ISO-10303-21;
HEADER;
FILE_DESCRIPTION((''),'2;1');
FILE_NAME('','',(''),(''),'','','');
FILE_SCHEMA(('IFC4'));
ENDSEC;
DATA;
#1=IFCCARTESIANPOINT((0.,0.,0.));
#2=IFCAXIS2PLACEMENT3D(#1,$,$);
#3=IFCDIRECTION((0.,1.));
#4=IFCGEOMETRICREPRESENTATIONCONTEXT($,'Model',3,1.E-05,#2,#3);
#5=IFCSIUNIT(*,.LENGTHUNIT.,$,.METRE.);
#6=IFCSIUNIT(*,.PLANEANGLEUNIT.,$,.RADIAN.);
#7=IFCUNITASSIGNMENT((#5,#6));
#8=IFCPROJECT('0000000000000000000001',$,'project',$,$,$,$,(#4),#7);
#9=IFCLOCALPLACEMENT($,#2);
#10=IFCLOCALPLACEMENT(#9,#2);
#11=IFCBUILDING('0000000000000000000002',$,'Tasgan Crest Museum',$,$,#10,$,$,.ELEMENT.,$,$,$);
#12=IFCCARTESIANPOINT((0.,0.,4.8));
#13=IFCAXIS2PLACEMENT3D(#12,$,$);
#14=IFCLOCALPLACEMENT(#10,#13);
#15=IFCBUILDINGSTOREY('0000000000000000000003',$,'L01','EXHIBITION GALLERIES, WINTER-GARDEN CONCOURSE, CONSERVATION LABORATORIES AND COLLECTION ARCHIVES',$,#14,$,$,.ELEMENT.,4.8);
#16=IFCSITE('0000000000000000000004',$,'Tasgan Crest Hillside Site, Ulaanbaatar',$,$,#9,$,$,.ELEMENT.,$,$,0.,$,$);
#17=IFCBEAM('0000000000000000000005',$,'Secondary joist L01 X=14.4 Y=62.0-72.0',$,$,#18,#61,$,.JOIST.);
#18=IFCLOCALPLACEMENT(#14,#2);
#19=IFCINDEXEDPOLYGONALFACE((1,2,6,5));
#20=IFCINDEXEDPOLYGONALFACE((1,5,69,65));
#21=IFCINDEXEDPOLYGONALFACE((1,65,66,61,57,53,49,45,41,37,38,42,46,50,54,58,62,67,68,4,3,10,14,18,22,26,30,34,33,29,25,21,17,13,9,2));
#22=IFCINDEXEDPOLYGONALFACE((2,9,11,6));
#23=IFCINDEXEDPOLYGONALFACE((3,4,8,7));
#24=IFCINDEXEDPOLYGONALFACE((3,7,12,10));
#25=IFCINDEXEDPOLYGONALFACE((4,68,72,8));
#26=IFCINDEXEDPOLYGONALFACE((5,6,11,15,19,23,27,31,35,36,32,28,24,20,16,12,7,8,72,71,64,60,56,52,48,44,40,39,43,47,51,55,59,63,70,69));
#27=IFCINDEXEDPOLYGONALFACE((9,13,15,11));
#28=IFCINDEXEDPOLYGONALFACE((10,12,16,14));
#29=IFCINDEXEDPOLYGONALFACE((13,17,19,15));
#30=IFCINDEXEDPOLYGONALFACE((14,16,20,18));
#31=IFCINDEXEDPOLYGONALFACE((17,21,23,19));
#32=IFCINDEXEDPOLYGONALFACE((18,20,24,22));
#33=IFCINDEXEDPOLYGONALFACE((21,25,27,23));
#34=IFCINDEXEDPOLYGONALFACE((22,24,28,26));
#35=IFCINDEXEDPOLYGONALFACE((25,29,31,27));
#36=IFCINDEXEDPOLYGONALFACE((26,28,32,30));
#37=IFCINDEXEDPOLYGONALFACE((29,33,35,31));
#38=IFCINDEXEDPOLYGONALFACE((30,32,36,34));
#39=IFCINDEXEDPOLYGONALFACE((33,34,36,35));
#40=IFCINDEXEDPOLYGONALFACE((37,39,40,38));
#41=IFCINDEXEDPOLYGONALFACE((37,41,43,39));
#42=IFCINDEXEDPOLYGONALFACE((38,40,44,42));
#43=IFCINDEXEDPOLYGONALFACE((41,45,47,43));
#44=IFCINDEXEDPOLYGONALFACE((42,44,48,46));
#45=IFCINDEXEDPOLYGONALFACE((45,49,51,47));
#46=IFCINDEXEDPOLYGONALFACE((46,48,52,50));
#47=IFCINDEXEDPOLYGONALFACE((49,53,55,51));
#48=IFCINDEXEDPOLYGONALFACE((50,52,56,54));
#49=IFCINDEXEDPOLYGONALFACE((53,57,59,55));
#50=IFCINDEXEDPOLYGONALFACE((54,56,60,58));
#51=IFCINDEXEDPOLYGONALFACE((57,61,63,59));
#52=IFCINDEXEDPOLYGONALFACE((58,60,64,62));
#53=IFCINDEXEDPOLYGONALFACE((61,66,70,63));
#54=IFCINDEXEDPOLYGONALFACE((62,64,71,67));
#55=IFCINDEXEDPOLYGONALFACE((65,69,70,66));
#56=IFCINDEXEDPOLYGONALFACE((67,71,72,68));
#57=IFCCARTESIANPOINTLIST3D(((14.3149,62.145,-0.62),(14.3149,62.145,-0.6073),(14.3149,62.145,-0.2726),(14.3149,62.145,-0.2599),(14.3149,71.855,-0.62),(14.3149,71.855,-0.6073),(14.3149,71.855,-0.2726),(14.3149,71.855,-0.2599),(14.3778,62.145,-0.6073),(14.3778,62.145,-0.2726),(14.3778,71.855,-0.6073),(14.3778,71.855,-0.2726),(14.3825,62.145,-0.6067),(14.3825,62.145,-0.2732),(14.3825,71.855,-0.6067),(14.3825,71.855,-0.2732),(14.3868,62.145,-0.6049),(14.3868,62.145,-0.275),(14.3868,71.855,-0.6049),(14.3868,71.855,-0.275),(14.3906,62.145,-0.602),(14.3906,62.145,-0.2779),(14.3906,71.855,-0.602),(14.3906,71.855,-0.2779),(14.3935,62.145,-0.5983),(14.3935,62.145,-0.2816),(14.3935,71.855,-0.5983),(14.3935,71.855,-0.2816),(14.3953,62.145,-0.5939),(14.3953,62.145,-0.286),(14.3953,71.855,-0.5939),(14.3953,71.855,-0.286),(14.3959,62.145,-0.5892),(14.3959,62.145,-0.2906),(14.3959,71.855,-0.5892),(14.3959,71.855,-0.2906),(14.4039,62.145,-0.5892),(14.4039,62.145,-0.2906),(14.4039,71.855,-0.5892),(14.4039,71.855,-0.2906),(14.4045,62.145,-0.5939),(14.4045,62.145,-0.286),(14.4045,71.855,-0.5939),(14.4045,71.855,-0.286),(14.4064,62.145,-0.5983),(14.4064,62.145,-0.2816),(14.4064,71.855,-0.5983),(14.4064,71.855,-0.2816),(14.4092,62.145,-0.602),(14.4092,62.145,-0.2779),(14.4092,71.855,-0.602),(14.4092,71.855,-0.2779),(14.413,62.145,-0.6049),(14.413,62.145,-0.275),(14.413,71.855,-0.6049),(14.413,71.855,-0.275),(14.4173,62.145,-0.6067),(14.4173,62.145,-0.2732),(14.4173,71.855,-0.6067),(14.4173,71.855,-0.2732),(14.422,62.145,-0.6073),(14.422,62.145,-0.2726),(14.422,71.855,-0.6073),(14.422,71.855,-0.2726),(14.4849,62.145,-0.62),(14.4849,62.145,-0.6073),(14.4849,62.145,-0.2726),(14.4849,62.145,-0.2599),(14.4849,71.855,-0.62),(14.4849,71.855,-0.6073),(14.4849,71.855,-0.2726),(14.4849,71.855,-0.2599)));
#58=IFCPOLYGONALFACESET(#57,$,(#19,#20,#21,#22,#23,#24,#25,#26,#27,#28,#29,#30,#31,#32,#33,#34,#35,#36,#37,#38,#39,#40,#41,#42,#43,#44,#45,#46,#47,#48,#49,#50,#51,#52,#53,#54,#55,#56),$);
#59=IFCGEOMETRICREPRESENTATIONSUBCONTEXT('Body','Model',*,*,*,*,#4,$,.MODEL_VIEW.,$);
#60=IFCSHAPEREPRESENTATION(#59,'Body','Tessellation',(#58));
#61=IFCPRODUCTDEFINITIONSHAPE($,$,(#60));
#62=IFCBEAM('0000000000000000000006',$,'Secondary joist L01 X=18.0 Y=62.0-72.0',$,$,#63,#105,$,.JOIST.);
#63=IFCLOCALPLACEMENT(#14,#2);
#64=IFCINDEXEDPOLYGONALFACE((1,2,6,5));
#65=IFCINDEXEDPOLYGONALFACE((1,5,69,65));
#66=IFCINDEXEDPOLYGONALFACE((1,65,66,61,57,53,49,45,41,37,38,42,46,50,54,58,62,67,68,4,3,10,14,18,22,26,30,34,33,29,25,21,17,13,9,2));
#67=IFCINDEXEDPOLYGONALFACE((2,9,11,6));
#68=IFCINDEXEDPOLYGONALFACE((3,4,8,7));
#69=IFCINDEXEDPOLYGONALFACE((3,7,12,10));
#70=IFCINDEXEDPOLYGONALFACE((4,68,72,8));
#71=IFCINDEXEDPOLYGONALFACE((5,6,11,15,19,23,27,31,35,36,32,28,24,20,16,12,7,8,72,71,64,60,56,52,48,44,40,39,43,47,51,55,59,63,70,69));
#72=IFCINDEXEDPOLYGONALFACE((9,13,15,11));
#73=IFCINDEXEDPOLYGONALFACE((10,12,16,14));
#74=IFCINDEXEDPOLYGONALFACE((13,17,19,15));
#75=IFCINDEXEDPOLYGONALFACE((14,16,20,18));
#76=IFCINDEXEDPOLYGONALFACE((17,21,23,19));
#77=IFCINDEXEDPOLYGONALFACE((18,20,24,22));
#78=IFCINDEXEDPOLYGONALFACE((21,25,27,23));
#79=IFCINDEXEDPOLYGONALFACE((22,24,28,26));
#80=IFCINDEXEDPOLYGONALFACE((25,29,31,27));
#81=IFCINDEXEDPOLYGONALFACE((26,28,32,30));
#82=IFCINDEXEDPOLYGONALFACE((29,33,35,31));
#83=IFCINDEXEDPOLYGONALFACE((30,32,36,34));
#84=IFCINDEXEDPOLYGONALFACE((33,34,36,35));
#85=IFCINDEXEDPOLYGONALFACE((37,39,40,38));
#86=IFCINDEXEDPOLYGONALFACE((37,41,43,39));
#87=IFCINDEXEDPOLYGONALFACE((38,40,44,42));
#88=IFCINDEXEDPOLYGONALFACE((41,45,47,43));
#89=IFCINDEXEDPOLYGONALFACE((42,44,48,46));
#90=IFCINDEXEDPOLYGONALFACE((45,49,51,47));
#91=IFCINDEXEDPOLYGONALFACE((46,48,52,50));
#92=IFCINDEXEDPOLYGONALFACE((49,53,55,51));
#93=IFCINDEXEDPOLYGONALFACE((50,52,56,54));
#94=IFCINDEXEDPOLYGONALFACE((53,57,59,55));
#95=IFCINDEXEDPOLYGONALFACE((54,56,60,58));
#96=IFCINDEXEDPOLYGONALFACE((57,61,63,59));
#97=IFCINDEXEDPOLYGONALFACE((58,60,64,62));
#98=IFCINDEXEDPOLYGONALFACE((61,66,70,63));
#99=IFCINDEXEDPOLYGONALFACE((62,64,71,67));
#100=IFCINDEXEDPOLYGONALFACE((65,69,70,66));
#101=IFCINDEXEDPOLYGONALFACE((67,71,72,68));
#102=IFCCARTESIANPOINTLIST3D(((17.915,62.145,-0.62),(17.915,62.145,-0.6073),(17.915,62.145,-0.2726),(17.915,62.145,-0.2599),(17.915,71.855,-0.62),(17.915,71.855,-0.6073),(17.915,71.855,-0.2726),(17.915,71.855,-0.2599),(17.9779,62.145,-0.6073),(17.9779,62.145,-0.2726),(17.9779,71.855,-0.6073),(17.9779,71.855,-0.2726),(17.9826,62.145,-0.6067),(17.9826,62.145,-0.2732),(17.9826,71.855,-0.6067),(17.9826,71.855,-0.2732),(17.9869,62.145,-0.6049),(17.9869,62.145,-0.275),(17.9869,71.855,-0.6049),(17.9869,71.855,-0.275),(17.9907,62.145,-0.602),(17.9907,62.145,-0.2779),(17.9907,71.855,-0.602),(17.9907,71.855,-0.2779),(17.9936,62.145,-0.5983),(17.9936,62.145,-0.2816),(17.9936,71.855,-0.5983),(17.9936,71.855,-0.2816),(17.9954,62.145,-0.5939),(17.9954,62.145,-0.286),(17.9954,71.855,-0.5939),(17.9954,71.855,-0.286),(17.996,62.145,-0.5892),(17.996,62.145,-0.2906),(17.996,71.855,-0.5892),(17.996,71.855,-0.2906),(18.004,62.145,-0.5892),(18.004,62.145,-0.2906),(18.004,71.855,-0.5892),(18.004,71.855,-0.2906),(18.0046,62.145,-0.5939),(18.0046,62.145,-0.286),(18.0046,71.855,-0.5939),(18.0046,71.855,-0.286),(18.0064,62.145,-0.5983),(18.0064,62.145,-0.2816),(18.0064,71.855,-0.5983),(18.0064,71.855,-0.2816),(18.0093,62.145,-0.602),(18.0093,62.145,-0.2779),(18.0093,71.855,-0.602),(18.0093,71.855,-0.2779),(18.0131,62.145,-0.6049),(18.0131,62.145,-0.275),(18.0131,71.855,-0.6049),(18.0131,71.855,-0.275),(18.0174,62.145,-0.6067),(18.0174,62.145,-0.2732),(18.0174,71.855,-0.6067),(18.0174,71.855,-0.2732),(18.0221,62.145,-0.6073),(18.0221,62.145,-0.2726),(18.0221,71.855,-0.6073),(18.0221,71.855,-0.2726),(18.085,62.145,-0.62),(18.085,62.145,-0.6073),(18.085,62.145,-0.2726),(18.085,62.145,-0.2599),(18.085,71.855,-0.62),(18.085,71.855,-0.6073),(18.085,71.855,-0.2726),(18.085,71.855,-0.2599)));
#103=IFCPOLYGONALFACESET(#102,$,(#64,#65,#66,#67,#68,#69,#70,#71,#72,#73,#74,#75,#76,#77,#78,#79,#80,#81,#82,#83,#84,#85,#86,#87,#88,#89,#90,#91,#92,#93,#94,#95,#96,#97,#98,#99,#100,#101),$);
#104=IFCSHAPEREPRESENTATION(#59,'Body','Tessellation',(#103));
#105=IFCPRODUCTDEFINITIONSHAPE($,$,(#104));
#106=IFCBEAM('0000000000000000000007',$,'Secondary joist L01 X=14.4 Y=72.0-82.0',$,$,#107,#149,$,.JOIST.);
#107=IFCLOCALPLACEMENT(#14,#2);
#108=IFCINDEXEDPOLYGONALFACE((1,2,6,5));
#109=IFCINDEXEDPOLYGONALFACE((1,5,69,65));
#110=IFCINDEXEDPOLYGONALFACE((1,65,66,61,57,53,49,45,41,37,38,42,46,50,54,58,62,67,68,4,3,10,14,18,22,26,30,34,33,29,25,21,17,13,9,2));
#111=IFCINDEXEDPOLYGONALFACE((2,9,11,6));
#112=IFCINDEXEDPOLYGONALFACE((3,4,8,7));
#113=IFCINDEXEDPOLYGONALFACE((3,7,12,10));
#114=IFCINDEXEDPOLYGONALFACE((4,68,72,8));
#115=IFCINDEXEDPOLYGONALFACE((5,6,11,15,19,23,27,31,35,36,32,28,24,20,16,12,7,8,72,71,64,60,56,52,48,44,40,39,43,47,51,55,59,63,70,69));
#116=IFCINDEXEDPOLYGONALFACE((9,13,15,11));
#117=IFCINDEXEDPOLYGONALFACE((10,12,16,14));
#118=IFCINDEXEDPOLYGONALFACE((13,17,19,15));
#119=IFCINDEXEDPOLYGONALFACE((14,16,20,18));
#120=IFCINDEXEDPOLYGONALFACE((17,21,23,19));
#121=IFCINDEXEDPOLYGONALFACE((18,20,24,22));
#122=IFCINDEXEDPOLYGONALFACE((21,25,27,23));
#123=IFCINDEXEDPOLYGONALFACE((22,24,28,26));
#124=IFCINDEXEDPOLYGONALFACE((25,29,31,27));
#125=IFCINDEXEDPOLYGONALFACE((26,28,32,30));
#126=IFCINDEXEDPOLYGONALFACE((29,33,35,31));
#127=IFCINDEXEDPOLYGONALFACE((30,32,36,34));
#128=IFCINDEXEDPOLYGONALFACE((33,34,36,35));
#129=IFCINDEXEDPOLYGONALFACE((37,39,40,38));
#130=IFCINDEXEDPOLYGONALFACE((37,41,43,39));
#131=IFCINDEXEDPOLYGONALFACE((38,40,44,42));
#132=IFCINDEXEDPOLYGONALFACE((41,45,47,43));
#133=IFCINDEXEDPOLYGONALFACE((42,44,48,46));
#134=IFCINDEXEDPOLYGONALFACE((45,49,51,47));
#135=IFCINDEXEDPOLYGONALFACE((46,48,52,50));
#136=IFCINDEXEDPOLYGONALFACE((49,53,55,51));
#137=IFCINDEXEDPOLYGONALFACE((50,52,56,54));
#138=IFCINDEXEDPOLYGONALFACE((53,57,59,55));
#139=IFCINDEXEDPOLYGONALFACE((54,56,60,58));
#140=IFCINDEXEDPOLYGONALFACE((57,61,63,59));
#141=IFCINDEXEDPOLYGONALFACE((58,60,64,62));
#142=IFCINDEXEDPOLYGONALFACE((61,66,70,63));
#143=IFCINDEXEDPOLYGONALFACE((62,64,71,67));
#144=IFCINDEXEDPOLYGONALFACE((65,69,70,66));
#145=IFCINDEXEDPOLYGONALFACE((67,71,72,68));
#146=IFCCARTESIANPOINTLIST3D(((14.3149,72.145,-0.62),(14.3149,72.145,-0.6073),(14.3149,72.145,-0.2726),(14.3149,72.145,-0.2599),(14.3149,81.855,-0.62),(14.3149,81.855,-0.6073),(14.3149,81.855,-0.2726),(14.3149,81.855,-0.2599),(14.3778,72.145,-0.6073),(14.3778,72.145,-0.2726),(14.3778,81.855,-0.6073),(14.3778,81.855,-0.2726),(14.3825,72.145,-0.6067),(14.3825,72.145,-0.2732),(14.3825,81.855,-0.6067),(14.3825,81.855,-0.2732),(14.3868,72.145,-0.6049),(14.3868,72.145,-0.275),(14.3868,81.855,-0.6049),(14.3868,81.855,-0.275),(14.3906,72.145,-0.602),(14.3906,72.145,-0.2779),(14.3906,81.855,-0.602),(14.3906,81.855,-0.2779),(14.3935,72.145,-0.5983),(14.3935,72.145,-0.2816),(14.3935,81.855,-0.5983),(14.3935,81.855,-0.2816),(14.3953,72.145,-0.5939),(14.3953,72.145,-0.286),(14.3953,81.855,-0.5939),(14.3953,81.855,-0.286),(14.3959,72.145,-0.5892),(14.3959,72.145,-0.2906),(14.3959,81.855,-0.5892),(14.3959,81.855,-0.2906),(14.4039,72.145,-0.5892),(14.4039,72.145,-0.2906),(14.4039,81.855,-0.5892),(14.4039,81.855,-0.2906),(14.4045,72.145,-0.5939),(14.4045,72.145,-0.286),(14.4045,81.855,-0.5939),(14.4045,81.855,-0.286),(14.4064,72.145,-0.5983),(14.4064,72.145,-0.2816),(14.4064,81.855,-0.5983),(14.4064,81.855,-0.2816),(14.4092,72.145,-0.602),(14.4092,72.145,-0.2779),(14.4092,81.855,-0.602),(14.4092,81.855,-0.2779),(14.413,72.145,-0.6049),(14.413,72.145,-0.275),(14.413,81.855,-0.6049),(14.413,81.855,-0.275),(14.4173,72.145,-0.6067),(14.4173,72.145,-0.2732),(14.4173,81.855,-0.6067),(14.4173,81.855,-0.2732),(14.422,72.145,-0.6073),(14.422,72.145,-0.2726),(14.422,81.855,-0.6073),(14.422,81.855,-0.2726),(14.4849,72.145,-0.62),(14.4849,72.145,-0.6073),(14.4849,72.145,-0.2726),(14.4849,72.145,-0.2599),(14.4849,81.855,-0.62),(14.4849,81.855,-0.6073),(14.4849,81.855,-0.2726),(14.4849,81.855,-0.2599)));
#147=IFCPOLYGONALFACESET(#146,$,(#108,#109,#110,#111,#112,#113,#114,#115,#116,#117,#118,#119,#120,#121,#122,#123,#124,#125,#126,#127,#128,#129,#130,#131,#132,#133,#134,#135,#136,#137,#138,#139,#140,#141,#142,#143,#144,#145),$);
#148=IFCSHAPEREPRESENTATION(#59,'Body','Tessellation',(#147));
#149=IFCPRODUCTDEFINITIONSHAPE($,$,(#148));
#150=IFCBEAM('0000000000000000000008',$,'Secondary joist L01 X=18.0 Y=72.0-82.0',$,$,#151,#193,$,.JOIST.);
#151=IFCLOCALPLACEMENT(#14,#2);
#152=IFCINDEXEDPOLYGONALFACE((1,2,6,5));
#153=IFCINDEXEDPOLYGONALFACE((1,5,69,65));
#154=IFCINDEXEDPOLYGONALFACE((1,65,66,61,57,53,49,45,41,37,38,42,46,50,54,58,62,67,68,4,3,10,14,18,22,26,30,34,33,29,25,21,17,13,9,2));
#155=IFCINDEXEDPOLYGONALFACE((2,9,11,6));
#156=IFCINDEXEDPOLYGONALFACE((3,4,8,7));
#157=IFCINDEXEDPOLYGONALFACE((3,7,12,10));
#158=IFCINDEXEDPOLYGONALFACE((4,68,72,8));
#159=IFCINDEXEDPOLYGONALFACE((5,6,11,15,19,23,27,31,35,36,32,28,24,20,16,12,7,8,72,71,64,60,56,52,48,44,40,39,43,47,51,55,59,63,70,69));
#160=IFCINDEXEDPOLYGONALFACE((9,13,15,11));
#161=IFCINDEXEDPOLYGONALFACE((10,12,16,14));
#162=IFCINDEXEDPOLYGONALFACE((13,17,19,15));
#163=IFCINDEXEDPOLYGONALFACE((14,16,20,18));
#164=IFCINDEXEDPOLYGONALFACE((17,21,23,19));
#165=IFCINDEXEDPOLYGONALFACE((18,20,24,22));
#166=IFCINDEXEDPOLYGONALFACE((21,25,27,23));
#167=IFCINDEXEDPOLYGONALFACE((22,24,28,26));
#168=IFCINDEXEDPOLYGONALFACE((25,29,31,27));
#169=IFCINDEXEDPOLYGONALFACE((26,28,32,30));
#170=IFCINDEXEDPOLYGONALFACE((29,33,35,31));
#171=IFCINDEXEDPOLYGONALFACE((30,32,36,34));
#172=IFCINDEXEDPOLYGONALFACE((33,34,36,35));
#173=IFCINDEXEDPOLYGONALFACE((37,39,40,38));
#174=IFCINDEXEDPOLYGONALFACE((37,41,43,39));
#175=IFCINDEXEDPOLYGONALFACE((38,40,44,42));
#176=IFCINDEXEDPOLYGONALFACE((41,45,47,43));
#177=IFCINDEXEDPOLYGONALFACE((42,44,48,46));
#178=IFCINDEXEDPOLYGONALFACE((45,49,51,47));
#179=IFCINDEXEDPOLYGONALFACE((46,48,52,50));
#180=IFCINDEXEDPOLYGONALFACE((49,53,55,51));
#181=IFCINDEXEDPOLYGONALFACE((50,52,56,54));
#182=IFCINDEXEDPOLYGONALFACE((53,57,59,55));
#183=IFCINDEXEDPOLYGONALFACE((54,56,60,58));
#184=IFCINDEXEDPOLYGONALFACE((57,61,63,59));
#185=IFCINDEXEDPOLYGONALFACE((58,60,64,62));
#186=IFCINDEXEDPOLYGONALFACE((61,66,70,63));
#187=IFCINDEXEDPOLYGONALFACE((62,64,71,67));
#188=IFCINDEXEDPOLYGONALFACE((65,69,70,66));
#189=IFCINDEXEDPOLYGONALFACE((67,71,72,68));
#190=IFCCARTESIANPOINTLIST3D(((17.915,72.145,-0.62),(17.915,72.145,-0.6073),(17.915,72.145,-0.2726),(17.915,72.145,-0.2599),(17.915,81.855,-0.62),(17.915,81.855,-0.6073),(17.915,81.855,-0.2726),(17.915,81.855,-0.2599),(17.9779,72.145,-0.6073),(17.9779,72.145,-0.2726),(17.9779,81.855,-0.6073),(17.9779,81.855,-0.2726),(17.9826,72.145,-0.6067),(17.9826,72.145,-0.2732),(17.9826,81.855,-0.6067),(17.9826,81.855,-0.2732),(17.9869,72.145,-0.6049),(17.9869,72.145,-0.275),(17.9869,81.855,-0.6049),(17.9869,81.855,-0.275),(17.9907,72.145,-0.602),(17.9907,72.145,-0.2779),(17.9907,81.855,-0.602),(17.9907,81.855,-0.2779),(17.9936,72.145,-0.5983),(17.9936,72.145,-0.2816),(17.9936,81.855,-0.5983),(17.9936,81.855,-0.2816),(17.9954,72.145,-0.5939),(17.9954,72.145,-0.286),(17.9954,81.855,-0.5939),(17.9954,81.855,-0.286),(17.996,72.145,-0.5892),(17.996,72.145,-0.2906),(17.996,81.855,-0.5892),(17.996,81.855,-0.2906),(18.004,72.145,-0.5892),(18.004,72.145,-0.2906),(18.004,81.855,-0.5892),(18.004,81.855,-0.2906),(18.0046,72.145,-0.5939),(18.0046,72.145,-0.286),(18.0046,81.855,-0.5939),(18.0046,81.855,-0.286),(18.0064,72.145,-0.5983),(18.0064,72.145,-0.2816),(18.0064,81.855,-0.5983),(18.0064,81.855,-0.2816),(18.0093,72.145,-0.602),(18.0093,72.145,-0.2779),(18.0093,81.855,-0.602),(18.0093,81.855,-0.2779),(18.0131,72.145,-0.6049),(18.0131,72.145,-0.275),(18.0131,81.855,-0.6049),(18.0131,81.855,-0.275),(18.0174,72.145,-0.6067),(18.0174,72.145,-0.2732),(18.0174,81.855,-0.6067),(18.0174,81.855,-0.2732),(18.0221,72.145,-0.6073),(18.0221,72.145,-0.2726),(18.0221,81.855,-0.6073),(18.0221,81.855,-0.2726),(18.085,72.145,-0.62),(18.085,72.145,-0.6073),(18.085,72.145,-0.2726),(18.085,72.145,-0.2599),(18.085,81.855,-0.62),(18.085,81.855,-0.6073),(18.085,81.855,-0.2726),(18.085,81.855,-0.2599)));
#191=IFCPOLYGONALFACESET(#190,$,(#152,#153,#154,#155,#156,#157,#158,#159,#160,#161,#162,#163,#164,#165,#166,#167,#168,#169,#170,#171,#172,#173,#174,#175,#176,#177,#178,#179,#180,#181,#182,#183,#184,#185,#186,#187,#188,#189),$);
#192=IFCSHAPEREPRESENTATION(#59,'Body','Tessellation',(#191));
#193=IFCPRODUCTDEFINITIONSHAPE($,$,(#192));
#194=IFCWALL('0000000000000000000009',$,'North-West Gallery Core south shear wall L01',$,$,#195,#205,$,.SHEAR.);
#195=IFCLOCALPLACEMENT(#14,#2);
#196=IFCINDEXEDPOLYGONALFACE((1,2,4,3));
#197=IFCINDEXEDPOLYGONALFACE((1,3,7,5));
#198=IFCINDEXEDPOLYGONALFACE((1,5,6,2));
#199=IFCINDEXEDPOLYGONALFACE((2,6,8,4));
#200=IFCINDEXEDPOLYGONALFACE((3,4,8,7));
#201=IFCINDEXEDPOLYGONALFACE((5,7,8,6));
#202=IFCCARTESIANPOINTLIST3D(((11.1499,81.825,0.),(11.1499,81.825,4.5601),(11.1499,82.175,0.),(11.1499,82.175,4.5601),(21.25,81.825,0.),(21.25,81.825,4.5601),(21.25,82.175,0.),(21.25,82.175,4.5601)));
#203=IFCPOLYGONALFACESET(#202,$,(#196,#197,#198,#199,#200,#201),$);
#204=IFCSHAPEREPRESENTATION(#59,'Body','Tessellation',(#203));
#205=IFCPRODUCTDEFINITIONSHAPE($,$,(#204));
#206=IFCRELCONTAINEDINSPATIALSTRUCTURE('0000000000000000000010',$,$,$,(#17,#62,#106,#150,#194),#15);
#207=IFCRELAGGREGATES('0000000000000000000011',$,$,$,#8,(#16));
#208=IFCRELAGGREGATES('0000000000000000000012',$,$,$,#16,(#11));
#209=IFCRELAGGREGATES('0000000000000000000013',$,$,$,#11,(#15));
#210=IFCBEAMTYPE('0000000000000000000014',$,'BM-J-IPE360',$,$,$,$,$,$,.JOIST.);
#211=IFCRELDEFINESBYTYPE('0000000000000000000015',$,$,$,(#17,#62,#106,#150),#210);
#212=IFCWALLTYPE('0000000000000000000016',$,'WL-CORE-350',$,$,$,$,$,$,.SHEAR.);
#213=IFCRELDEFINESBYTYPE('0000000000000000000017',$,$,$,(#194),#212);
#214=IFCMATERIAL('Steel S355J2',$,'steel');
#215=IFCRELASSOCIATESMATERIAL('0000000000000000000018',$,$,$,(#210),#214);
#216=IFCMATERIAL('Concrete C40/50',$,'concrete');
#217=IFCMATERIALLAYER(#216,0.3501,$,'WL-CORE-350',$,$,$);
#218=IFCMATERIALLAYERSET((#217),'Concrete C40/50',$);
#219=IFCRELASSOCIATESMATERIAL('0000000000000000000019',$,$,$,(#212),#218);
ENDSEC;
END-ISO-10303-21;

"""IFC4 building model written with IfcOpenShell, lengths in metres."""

from ifc_helpers import new_model, si_unit, direction, frame, frame_2d, origin, origin_2d, place, context, subcontext, project, spatial, rectangle, i_section, extrude, material, layer, layer_set, material_profile, profile_set, type_object, element, save


model = new_model("IFC4")

# Units and contexts
model_context = context("Model", 3, precision=1e-05, world=origin(), true_north=direction((0.0, 1.0)))
body_context = subcontext(model_context, "Body", "Model", "MODEL_VIEW")
ifc_project = project(units=[si_unit("LENGTHUNIT", "METRE"), si_unit("PLANEANGLEUNIT", "RADIAN")], contexts=[model_context])

# Site, building, storey
site_placement = place(None, origin())
site = spatial("IfcSite", under=ifc_project, at=site_placement, Name="Tasgan Crest Hillside Site, Ulaanbaatar", CompositionType="ELEMENT", RefElevation=0.0)
building_placement = place(site_placement, origin())
building = spatial("IfcBuilding", under=site, at=building_placement, Name="Tasgan Crest Museum", CompositionType="ELEMENT")
storey_placement = place(building_placement, frame((0.0, 0.0, 4.8)))
storey = spatial("IfcBuildingStorey", under=building, at=storey_placement, Name="L01", Description="EXHIBITION GALLERIES, WINTER-GARDEN CONCOURSE, CONSERVATION LABORATORIES AND COLLECTION ARCHIVES", CompositionType="ELEMENT", Elevation=4.8)

# Beams
ifc_material_1 = material(Name="Steel S355J2", Category="steel")
ifc_material_profile_1 = material_profile(ifc_material_1, i_section(OverallWidth=0.1699, OverallDepth=0.3601, WebThickness=0.0081, FlangeThickness=0.0127, FilletRadius=0.0181, at=origin_2d()), Name="IPE 360")
ifc_profile_set_1 = profile_set([ifc_material_profile_1], Name="Steel S355J2")
beam_type_1 = type_object("IfcBeamType", Name="BM-J-IPE360", PredefinedType="JOIST", material=ifc_profile_set_1)
for number, where, z_axis, x_axis, name in (
    (1, (14.3999, 62.145, -0.4399), (0.0, 1.0, 0.0), (-1.0, 0.0, 0.0), "Secondary joist L01 X=14.4 Y=62.0-72.0"),
    (2, (18.0, 62.145, -0.4399), (0.0, 1.0, 0.0), (-1.0, 0.0, 0.0), "Secondary joist L01 X=18.0 Y=62.0-72.0"),
    (3, (14.3999, 72.145, -0.4399), (0.0, 1.0, 0.0), (-1.0, 0.0, 0.0), "Secondary joist L01 X=14.4 Y=72.0-82.0"),
    (4, (18.0, 72.145, -0.4399), (0.0, 1.0, 0.0), (-1.0, 0.0, 0.0), "Secondary joist L01 X=18.0 Y=72.0-82.0"),
):
    element("IfcBeam", number, at=place(storey_placement, frame(where, z_axis=z_axis, x_axis=x_axis)), inside=storey, type_object=beam_type_1, Name=name, PredefinedType="JOIST", context=body_context, shape_type="SweptSolid", body=[
        extrude(i_section(OverallWidth=0.1699, OverallDepth=0.3601, WebThickness=0.0081, FlangeThickness=0.0127, FilletRadius=0.0181, at=origin_2d()), origin(), (0.0, 0.0, 1.0), 9.71),
    ])

# Wall
ifc_material_2 = material(Name="Concrete C40/50", Category="concrete")
ifc_layer_1 = layer(ifc_material_2, 0.3501, Name="WL-CORE-350")
ifc_layer_set_1 = layer_set([ifc_layer_1], Name="Concrete C40/50")
wall_type_1 = type_object("IfcWallType", Name="WL-CORE-350", PredefinedType="SHEAR", material=ifc_layer_set_1)
wall_1_placement = place(storey_placement, frame((11.1499, 82.0, 0.0), z_axis=(0.0, 0.0, 1.0), x_axis=(1.0, 0.0, 0.0)))
element("IfcWall", 5, at=wall_1_placement, inside=storey, type_object=wall_type_1, Name="North-West Gallery Core south shear wall L01", PredefinedType="SHEAR", context=body_context, shape_type="SweptSolid", body=[
    extrude(rectangle(XDim=10.1001, YDim=0.3501, at=frame_2d((5.05, 0.0))), origin(), (0.0, 0.0, 1.0), 4.5601),
])

save(model, "model.ifc")
